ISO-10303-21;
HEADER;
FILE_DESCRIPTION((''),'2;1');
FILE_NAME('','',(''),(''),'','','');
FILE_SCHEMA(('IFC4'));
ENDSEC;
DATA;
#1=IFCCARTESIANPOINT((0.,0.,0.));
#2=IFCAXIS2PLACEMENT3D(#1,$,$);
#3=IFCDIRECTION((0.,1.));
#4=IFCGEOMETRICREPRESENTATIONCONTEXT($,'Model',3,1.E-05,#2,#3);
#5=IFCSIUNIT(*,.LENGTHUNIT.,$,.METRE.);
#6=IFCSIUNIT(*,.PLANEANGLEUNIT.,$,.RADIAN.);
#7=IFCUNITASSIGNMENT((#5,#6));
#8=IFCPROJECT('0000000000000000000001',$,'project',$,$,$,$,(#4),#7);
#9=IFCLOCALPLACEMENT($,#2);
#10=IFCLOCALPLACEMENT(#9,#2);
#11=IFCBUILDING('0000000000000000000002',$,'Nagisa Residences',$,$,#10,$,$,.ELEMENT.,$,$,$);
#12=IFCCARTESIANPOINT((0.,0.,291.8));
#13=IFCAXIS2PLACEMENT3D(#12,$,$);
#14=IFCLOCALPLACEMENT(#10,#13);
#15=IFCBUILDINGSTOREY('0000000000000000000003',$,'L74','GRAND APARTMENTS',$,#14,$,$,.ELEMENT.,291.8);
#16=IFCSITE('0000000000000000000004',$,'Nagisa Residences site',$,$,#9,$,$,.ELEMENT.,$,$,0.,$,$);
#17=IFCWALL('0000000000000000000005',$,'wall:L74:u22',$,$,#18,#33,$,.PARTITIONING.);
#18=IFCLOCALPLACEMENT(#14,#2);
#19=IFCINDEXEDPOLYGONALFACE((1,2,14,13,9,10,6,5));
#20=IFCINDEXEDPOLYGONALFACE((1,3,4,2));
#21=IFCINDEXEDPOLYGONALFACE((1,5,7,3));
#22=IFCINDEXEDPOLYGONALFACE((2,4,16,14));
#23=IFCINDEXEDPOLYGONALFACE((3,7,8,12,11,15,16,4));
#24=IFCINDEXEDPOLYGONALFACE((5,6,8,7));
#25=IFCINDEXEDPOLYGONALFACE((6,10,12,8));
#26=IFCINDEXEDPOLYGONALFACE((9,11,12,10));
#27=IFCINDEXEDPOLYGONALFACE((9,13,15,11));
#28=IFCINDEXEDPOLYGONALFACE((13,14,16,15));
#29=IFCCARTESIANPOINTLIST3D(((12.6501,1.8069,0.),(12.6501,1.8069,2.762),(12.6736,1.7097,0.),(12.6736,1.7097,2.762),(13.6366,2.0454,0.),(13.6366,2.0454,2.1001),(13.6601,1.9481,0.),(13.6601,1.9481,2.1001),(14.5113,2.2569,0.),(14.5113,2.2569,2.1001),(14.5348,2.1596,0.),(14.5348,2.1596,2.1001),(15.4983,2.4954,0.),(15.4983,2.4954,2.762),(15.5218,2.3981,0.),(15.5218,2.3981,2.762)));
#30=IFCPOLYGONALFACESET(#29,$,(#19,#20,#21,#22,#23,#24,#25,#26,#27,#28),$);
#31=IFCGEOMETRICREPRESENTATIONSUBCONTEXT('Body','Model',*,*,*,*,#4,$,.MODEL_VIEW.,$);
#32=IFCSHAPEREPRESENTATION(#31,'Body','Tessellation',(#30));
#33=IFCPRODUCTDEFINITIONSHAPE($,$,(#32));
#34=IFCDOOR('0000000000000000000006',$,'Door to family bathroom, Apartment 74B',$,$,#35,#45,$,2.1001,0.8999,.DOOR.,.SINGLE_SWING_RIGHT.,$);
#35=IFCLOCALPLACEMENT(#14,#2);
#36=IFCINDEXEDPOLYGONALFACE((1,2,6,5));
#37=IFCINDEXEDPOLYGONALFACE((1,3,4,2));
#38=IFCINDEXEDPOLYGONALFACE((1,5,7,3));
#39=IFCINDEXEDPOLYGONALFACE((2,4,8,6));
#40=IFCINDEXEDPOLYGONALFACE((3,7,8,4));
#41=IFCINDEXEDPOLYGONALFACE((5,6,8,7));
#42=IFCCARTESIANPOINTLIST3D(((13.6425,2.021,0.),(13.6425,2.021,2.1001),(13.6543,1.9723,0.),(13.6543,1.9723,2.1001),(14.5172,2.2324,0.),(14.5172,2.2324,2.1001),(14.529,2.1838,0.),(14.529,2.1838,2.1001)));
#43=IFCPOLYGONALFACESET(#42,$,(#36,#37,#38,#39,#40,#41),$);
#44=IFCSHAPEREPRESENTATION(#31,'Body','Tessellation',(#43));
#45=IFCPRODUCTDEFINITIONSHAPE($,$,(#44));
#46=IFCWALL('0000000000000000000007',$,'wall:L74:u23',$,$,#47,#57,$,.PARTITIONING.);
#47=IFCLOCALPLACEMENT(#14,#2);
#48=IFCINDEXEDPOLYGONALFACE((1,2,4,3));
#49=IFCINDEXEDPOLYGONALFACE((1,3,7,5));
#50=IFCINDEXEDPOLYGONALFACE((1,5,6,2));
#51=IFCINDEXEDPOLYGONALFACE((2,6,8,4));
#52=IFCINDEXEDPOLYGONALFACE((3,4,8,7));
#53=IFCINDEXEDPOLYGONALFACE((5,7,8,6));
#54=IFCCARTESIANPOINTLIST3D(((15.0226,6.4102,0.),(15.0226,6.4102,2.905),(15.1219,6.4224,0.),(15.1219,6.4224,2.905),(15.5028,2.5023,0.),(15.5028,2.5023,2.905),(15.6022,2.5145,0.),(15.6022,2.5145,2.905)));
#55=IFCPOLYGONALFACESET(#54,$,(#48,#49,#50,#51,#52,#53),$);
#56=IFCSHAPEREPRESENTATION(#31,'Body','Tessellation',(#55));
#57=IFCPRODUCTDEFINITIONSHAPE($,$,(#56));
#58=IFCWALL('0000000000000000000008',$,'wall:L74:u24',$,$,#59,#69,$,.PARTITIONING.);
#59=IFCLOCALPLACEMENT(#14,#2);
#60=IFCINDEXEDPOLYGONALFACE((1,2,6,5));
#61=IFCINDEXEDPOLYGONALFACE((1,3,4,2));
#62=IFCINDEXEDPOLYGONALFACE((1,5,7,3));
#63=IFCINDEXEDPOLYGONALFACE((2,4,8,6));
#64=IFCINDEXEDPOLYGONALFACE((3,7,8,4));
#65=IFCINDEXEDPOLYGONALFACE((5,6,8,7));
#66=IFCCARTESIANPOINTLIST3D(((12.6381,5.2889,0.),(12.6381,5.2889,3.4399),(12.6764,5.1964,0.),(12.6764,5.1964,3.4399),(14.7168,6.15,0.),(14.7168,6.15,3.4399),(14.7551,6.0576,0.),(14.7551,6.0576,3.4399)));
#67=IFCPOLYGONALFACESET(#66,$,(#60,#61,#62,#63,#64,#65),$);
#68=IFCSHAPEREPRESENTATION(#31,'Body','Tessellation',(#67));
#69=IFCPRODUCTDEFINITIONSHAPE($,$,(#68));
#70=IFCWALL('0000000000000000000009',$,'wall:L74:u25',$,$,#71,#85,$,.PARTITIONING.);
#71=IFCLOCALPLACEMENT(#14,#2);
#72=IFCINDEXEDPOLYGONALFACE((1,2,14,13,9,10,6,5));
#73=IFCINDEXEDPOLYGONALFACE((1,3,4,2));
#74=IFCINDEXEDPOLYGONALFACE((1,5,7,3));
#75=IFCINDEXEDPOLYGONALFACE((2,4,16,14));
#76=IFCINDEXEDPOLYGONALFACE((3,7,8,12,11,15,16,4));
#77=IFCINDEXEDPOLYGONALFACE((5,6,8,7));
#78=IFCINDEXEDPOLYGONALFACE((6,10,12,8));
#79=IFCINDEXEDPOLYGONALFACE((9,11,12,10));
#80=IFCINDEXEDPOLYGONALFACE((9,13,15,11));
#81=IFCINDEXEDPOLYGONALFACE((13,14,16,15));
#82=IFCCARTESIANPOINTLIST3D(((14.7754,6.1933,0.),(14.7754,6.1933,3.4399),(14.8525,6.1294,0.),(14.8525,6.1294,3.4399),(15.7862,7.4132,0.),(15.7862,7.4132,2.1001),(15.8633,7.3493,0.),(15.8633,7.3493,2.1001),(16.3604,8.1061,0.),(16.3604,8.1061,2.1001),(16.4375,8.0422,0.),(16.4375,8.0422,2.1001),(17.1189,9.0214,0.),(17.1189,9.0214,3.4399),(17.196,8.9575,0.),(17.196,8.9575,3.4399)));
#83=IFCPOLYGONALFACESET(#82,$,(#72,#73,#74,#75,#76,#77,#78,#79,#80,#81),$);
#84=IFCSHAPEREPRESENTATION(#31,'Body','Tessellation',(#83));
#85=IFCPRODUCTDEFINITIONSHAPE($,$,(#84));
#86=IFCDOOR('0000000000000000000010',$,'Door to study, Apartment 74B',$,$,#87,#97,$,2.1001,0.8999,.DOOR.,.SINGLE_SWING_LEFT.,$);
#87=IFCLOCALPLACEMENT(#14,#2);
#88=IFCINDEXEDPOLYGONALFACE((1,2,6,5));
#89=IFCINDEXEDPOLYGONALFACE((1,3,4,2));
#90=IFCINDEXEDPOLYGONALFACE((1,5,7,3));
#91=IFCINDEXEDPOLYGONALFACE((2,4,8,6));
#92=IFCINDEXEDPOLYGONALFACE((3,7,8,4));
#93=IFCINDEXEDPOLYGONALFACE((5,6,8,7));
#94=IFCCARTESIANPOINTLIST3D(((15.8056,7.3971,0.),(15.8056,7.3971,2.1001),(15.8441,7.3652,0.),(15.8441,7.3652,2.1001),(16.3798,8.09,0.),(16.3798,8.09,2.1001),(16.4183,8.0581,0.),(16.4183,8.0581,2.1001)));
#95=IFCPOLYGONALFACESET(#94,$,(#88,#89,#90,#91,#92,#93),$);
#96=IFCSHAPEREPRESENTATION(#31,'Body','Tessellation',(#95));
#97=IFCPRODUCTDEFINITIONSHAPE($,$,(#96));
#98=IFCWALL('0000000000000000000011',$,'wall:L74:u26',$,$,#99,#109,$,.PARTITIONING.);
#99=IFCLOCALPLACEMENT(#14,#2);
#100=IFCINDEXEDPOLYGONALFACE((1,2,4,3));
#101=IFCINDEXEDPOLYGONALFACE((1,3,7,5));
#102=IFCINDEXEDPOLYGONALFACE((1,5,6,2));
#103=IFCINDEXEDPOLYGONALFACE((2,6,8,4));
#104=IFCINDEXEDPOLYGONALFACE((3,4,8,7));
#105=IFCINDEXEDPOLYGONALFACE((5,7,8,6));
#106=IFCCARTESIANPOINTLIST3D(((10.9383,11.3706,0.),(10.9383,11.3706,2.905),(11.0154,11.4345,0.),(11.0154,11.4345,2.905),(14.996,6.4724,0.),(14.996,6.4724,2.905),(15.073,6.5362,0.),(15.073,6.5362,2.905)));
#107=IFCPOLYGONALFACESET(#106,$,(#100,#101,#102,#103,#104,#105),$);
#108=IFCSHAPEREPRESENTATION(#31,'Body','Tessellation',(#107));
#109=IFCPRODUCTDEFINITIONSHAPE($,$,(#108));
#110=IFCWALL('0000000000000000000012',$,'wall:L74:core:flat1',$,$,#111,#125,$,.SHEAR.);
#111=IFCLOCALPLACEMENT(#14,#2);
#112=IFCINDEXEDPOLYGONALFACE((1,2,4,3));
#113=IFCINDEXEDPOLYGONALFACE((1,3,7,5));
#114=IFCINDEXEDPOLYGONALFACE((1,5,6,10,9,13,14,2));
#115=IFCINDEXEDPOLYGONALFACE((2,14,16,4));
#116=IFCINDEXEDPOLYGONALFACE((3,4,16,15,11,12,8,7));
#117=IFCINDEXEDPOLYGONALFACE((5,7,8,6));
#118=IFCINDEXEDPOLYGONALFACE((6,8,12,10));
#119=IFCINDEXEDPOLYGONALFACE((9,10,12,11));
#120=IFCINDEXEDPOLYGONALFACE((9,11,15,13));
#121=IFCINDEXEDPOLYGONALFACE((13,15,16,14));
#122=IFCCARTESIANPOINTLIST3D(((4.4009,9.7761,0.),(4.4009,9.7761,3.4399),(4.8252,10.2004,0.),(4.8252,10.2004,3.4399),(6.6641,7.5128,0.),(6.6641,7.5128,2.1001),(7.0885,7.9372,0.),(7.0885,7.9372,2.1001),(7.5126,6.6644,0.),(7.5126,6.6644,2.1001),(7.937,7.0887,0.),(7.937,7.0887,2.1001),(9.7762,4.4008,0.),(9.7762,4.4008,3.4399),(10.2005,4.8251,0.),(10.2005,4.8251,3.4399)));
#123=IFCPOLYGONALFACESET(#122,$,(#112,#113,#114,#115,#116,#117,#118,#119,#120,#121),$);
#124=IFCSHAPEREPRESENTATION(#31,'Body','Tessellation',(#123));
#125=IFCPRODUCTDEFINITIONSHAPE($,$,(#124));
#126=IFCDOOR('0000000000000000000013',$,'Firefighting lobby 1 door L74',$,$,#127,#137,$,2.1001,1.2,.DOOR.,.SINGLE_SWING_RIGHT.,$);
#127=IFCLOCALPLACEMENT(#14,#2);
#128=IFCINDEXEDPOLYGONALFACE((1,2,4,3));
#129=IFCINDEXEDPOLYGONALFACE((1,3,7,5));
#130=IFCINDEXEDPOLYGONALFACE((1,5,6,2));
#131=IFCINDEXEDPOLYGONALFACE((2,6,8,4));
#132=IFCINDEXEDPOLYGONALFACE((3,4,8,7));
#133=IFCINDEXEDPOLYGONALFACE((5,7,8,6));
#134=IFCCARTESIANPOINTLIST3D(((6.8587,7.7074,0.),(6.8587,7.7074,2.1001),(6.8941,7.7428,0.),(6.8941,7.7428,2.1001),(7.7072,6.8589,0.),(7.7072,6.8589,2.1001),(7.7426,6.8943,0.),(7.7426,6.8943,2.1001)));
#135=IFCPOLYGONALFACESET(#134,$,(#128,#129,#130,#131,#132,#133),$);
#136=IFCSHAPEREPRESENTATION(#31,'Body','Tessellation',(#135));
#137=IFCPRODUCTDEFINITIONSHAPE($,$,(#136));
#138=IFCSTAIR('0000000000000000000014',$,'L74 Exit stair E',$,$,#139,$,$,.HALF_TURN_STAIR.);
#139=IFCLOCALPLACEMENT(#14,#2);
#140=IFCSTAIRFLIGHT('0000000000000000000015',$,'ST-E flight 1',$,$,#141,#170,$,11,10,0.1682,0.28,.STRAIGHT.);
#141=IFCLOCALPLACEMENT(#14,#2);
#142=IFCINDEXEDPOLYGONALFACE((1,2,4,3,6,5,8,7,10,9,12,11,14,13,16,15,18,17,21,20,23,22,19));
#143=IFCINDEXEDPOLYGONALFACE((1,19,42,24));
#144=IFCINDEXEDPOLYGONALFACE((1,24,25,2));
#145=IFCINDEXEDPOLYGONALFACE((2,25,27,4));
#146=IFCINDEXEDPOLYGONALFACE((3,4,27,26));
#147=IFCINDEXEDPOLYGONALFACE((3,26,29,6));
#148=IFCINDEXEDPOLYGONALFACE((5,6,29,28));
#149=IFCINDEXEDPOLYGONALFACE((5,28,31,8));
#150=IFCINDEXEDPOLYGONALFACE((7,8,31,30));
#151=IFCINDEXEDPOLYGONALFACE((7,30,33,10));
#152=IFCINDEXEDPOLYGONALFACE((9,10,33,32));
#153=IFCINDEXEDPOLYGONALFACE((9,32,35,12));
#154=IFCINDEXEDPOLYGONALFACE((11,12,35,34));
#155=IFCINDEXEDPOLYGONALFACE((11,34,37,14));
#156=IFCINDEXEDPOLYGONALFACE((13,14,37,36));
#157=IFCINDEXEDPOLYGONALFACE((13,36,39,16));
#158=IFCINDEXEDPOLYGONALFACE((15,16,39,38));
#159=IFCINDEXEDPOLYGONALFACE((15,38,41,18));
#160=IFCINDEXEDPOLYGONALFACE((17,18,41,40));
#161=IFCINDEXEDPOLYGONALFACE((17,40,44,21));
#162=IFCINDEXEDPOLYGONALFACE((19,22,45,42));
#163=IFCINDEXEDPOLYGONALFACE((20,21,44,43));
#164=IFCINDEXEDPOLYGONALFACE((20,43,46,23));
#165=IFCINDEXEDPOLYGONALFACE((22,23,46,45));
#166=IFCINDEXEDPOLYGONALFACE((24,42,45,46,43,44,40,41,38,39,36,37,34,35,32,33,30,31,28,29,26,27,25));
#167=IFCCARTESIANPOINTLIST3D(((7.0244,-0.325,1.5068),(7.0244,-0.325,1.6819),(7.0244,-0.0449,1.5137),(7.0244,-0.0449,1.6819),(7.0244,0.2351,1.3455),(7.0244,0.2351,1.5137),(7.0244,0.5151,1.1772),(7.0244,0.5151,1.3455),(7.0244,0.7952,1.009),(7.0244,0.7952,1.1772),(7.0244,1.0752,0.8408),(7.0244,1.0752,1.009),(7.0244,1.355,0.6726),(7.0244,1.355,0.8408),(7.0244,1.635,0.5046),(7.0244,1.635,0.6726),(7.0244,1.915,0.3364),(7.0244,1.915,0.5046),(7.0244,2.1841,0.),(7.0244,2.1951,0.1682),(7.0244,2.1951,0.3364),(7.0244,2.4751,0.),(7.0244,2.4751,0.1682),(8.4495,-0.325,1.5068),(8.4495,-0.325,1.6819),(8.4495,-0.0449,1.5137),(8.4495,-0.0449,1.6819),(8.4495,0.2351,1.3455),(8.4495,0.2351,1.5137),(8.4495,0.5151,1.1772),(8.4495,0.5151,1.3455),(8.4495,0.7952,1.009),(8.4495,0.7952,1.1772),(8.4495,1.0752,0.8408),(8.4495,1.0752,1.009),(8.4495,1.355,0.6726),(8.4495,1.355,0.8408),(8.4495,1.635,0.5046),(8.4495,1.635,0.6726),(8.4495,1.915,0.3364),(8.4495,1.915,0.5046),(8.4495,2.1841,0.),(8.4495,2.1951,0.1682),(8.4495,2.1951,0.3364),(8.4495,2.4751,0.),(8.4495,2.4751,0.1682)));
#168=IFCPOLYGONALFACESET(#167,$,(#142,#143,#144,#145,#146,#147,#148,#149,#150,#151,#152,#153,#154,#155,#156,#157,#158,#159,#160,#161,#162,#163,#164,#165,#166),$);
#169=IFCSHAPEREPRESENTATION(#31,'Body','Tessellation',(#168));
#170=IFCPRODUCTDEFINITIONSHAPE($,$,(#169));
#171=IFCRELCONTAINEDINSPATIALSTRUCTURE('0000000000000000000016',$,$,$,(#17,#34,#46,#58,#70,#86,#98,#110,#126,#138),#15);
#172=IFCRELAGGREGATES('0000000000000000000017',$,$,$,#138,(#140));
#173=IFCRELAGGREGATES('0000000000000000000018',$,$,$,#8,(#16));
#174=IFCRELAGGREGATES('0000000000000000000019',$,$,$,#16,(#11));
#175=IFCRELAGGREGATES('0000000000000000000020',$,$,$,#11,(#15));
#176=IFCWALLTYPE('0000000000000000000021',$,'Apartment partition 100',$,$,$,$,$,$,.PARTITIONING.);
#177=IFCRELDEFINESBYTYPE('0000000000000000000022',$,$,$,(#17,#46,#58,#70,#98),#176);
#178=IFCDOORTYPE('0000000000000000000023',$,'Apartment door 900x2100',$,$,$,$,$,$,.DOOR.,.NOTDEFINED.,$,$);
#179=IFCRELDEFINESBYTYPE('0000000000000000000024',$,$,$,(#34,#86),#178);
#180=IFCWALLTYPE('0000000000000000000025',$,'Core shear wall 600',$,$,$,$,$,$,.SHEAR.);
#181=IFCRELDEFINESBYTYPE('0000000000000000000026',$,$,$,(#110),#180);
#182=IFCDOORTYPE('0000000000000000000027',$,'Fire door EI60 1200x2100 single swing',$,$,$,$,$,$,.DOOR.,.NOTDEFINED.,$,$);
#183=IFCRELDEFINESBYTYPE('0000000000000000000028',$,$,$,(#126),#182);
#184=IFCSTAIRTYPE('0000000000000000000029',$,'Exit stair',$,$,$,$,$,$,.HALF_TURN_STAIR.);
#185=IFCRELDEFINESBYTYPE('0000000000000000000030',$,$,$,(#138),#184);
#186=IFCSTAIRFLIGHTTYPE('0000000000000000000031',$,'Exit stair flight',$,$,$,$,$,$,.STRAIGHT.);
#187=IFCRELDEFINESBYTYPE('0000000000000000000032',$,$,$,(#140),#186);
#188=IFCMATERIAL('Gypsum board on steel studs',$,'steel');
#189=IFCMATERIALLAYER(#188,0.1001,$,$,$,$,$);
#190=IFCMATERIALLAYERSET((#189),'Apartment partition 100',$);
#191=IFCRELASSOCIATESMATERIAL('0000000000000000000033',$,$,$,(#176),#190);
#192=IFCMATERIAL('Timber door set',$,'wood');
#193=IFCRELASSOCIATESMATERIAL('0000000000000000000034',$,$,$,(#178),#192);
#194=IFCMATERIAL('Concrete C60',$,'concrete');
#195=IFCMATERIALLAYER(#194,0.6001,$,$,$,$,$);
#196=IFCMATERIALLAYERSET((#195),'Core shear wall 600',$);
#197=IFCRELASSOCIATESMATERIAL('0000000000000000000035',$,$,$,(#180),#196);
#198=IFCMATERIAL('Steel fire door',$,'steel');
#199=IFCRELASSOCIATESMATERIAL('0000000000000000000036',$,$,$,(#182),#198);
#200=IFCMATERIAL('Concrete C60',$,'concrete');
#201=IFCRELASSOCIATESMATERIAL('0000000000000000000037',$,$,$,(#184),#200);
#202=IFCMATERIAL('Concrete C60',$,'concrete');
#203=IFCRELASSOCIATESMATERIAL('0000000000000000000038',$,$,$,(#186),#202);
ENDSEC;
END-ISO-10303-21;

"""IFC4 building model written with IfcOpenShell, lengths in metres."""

from ifc_helpers import new_model, si_unit, direction, frame, frame_2d, origin, place, context, subcontext, project, spatial, polyline, rectangle, outline, extrude, material, layer, layer_set, type_object, element, fill, aggregate, save


model = new_model("IFC4")

# Units and contexts
model_context = context("Model", 3, precision=1e-05, world=origin(), true_north=direction((0.0, 1.0)))
body_context = subcontext(model_context, "Body", "Model", "MODEL_VIEW")
ifc_project = project(units=[si_unit("LENGTHUNIT", "METRE"), si_unit("PLANEANGLEUNIT", "RADIAN")], contexts=[model_context])

# Site, building, storey
site_placement = place(None, origin())
site = spatial("IfcSite", under=ifc_project, at=site_placement, Name="Nagisa Residences site", CompositionType="ELEMENT", RefElevation=0.0)
building_placement = place(site_placement, origin())
building = spatial("IfcBuilding", under=site, at=building_placement, Name="Nagisa Residences", CompositionType="ELEMENT")
storey_placement = place(building_placement, frame((0.0, 0.0, 291.8)))
storey = spatial("IfcBuildingStorey", under=building, at=storey_placement, Name="L74", Description="GRAND APARTMENTS", CompositionType="ELEMENT", Elevation=291.8)

# Shared definitions
ifc_material_1 = material(Name="Gypsum board on steel studs", Category="steel")
ifc_layer_1 = layer(ifc_material_1, 0.1001)
ifc_layer_set_1 = layer_set([ifc_layer_1], Name="Apartment partition 100")
wall_type_1 = type_object("IfcWallType", Name="Apartment partition 100", PredefinedType="PARTITIONING", material=ifc_layer_set_1)

# Wall, opening, door
wall_1_placement = place(storey_placement, frame((12.6619, 1.7583, 0.0), z_axis=(0.0, 0.0, 1.0), x_axis=(0.972005, 0.234961, 0.0)))
wall_1 = element("IfcWall", 1, at=wall_1_placement, inside=storey, type_object=wall_type_1, Name="wall:L74:u22", PredefinedType="PARTITIONING", context=body_context, shape_type="SweptSolid", body=[
    extrude(rectangle(XDim=2.9302, YDim=0.1001, at=frame_2d((1.4651, 0.0))), origin(), (0.0, 0.0, 1.0), 2.762),
])
opening_1_placement = place(wall_1_placement, frame((1.0149, 0.0, 0.0)))
opening_1 = element("IfcOpeningElement", 2, at=opening_1_placement, cuts=wall_1, PredefinedType="OPENING", context=body_context, shape_type="SweptSolid", body=[
    extrude(rectangle(XDim=0.8999, YDim=2.1001, at=frame_2d((0.45, 1.05))), frame((0.0, 0.0601, 0.0), z_axis=(0.0, -1.0, 0.0), x_axis=(1.0, 0.0, 0.0)), (0.0, 0.0, 1.0), 0.1201),
])
ifc_material_2 = material(Name="Timber door set", Category="wood")
door_type_1 = type_object("IfcDoorType", Name="Apartment door 900x2100", OperationType="NOTDEFINED", PredefinedType="DOOR", material=ifc_material_2)
door_1_placement = place(opening_1_placement, origin())
door_1 = element("IfcDoor", 3, at=door_1_placement, inside=storey, type_object=door_type_1, Name="Door to family bathroom, Apartment 74B", OperationType="SINGLE_SWING_RIGHT", OverallHeight=2.1001, OverallWidth=0.8999, PredefinedType="DOOR", context=body_context, shape_type="SweptSolid", body=[
    extrude(rectangle(XDim=0.8999, YDim=2.1001, at=frame_2d((0.45, 1.05))), frame((0.0, 0.0249, 0.0), z_axis=(0.0, -1.0, 0.0), x_axis=(1.0, 0.0, 0.0)), (0.0, 0.0, 1.0), 0.05),
])
fill(opening_1, door_1)

# Walls
wall_2_placement = place(storey_placement, frame((15.5525, 2.5083, 0.0), z_axis=(0.0, 0.0, 1.0), x_axis=(-0.121966, 0.992534, 0.0)))
element("IfcWall", 4, at=wall_2_placement, inside=storey, type_object=wall_type_1, Name="wall:L74:u23", PredefinedType="PARTITIONING", context=body_context, shape_type="SweptSolid", body=[
    extrude(rectangle(XDim=3.9373, YDim=0.1001, at=frame_2d((1.9688, 0.0))), origin(), (0.0, 0.0, 1.0), 2.905),
])
wall_3_placement = place(storey_placement, frame((12.6572, 5.2427, 0.0), z_axis=(0.0, 0.0, 1.0), x_axis=(0.923865, 0.382719, 0.0)))
element("IfcWall", 5, at=wall_3_placement, inside=storey, type_object=wall_type_1, Name="wall:L74:u24", PredefinedType="PARTITIONING", context=body_context, shape_type="SweptSolid", body=[
    extrude(rectangle(XDim=2.25, YDim=0.1001, at=frame_2d((1.125, 0.0))), origin(), (0.0, 0.0, 1.0), 3.4399),
])

# Wall, opening, door
wall_4_placement = place(storey_placement, frame((14.814, 6.1614, 0.0), z_axis=(0.0, 0.0, 1.0), x_axis=(0.638051, 0.769995, 0.0)))
wall_4 = element("IfcWall", 6, at=wall_4_placement, inside=storey, type_object=wall_type_1, Name="wall:L74:u25", PredefinedType="PARTITIONING", context=body_context, shape_type="SweptSolid", body=[
    extrude(rectangle(XDim=3.6729, YDim=0.1001, at=frame_2d((1.8364, 0.0))), origin(), (0.0, 0.0, 1.0), 3.4399),
])
opening_2_placement = place(wall_4_placement, frame((1.5842, 0.0, 0.0)))
opening_2 = element("IfcOpeningElement", 7, at=opening_2_placement, cuts=wall_4, PredefinedType="OPENING", context=body_context, shape_type="SweptSolid", body=[
    extrude(rectangle(XDim=0.8999, YDim=2.1001, at=frame_2d((0.45, 1.05))), frame((0.0, 0.0601, 0.0), z_axis=(0.0, -1.0, 0.0), x_axis=(1.0, 0.0, 0.0)), (0.0, 0.0, 1.0), 0.1201),
])
door_2_placement = place(opening_2_placement, origin())
door_2 = element("IfcDoor", 8, at=door_2_placement, inside=storey, type_object=door_type_1, Name="Door to study, Apartment 74B", OperationType="SINGLE_SWING_LEFT", OverallHeight=2.1001, OverallWidth=0.8999, PredefinedType="DOOR", context=body_context, shape_type="SweptSolid", body=[
    extrude(rectangle(XDim=0.8999, YDim=2.1001, at=frame_2d((0.45, 1.05))), frame((0.0, 0.0249, 0.0), z_axis=(0.0, -1.0, 0.0), x_axis=(1.0, 0.0, 0.0)), (0.0, 0.0, 1.0), 0.05),
])
fill(opening_2, door_2)

# Wall
wall_5_placement = place(storey_placement, frame((15.0344, 6.5044, 0.0), z_axis=(0.0, 0.0, 1.0), x_axis=(-0.637935, 0.77009, 0.0)))
element("IfcWall", 9, at=wall_5_placement, inside=storey, type_object=wall_type_1, Name="wall:L74:u26", PredefinedType="PARTITIONING", context=body_context, shape_type="SweptSolid", body=[
    extrude(rectangle(XDim=6.3606, YDim=0.1001, at=frame_2d((3.1802, 0.0))), origin(), (0.0, 0.0, 1.0), 2.905),
])

# Wall, opening, door
ifc_material_3 = material(Name="Concrete C60", Category="concrete")
ifc_layer_2 = layer(ifc_material_3, 0.6001)
ifc_layer_set_2 = layer_set([ifc_layer_2], Name="Core shear wall 600")
wall_type_2 = type_object("IfcWallType", Name="Core shear wall 600", PredefinedType="SHEAR", material=ifc_layer_set_2)
wall_6_placement = place(storey_placement, frame((9.9883, 4.613, 0.0), z_axis=(0.0, 0.0, 1.0), x_axis=(-0.707107, 0.707107, 0.0)))
wall_6 = element("IfcWall", 10, at=wall_6_placement, inside=storey, type_object=wall_type_2, Name="wall:L74:core:flat1", PredefinedType="SHEAR", context=body_context, shape_type="SweptSolid", body=[
    extrude(rectangle(XDim=7.6018, YDim=0.6001, at=frame_2d((3.8008, 0.0))), origin(), (0.0, 0.0, 1.0), 3.4399),
])
opening_3_placement = place(wall_6_placement, frame((3.2009, 0.0, 0.0)))
opening_3 = element("IfcOpeningElement", 11, at=opening_3_placement, cuts=wall_6, PredefinedType="OPENING", context=body_context, shape_type="SweptSolid", body=[
    extrude(rectangle(XDim=1.2, YDim=2.1001, at=frame_2d((0.6001, 1.05))), frame((0.0, 0.3101, 0.0), z_axis=(0.0, -1.0, 0.0), x_axis=(1.0, 0.0, 0.0)), (0.0, 0.0, 1.0), 0.6201),
])
ifc_material_4 = material(Name="Steel fire door", Category="steel")
door_type_2 = type_object("IfcDoorType", Name="Fire door EI60 1200x2100 single swing", OperationType="NOTDEFINED", PredefinedType="DOOR", material=ifc_material_4)
door_3_placement = place(opening_3_placement, origin())
door_3 = element("IfcDoor", 12, at=door_3_placement, inside=storey, type_object=door_type_2, Name="Firefighting lobby 1 door L74", OperationType="SINGLE_SWING_RIGHT", OverallHeight=2.1001, OverallWidth=1.2, PredefinedType="DOOR", context=body_context, shape_type="SweptSolid", body=[
    extrude(rectangle(XDim=1.2, YDim=2.1001, at=frame_2d((0.6001, 1.05))), frame((0.0, 0.0249, 0.0), z_axis=(0.0, -1.0, 0.0), x_axis=(1.0, 0.0, 0.0)), (0.0, 0.0, 1.0), 0.05),
])
fill(opening_3, door_3)

# Stair, stair flight
ifc_material_5 = material(Name="Concrete C60", Category="concrete")
stair_type = type_object("IfcStairType", Name="Exit stair", PredefinedType="HALF_TURN_STAIR", material=ifc_material_5)
stair_placement = place(storey_placement, origin())
stair = element("IfcStair", 13, at=stair_placement, inside=storey, type_object=stair_type, Name="L74 Exit stair E", PredefinedType="HALF_TURN_STAIR")
ifc_material_6 = material(Name="Concrete C60", Category="concrete")
stair_flight_type = type_object("IfcStairFlightType", Name="Exit stair flight", PredefinedType="STRAIGHT", material=ifc_material_6)
stair_flight_placement = place(storey_placement, frame((7.7371, 2.4751, 0.0), z_axis=(0.0, 0.0, 1.0), x_axis=(0.0, -1.0, 0.0)))
stair_flight = element("IfcStairFlight", 14, at=stair_flight_placement, type_object=stair_flight_type, Name="ST-E flight 1", NumberOfRisers=11, NumberOfTreads=10, PredefinedType="STRAIGHT", RiserHeight=0.1682, TreadLength=0.28, context=body_context, shape_type="SweptSolid", body=[
    extrude(outline(polyline([(0.0, 0.0), (0.0, 0.1682), (0.28, 0.1682), (0.28, 0.3364), (0.5601, 0.3364), (0.5601, 0.5046), (0.8401, 0.5046), (0.8401, 0.6726), (1.1201, 0.6726), (1.1201, 0.8408), (1.3999, 0.8408), (1.3999, 1.009), (1.6799, 1.009), (1.6799, 1.1772), (1.96, 1.1772), (1.96, 1.3455), (2.24, 1.3455), (2.24, 1.5137), (2.52, 1.5137), (2.52, 1.6819), (2.8, 1.6819), (2.8, 1.8501), (2.8, 1.5068), (0.291, 0.0), (0.0, 0.0)])), frame((0.0, 0.7124, 0.0), z_axis=(0.0, -1.0, 0.0), x_axis=(1.0, 0.0, 0.0)), (0.0, 0.0, 1.0), 1.425),
])
aggregate(stair, [stair_flight])

save(model, "model.ifc")
